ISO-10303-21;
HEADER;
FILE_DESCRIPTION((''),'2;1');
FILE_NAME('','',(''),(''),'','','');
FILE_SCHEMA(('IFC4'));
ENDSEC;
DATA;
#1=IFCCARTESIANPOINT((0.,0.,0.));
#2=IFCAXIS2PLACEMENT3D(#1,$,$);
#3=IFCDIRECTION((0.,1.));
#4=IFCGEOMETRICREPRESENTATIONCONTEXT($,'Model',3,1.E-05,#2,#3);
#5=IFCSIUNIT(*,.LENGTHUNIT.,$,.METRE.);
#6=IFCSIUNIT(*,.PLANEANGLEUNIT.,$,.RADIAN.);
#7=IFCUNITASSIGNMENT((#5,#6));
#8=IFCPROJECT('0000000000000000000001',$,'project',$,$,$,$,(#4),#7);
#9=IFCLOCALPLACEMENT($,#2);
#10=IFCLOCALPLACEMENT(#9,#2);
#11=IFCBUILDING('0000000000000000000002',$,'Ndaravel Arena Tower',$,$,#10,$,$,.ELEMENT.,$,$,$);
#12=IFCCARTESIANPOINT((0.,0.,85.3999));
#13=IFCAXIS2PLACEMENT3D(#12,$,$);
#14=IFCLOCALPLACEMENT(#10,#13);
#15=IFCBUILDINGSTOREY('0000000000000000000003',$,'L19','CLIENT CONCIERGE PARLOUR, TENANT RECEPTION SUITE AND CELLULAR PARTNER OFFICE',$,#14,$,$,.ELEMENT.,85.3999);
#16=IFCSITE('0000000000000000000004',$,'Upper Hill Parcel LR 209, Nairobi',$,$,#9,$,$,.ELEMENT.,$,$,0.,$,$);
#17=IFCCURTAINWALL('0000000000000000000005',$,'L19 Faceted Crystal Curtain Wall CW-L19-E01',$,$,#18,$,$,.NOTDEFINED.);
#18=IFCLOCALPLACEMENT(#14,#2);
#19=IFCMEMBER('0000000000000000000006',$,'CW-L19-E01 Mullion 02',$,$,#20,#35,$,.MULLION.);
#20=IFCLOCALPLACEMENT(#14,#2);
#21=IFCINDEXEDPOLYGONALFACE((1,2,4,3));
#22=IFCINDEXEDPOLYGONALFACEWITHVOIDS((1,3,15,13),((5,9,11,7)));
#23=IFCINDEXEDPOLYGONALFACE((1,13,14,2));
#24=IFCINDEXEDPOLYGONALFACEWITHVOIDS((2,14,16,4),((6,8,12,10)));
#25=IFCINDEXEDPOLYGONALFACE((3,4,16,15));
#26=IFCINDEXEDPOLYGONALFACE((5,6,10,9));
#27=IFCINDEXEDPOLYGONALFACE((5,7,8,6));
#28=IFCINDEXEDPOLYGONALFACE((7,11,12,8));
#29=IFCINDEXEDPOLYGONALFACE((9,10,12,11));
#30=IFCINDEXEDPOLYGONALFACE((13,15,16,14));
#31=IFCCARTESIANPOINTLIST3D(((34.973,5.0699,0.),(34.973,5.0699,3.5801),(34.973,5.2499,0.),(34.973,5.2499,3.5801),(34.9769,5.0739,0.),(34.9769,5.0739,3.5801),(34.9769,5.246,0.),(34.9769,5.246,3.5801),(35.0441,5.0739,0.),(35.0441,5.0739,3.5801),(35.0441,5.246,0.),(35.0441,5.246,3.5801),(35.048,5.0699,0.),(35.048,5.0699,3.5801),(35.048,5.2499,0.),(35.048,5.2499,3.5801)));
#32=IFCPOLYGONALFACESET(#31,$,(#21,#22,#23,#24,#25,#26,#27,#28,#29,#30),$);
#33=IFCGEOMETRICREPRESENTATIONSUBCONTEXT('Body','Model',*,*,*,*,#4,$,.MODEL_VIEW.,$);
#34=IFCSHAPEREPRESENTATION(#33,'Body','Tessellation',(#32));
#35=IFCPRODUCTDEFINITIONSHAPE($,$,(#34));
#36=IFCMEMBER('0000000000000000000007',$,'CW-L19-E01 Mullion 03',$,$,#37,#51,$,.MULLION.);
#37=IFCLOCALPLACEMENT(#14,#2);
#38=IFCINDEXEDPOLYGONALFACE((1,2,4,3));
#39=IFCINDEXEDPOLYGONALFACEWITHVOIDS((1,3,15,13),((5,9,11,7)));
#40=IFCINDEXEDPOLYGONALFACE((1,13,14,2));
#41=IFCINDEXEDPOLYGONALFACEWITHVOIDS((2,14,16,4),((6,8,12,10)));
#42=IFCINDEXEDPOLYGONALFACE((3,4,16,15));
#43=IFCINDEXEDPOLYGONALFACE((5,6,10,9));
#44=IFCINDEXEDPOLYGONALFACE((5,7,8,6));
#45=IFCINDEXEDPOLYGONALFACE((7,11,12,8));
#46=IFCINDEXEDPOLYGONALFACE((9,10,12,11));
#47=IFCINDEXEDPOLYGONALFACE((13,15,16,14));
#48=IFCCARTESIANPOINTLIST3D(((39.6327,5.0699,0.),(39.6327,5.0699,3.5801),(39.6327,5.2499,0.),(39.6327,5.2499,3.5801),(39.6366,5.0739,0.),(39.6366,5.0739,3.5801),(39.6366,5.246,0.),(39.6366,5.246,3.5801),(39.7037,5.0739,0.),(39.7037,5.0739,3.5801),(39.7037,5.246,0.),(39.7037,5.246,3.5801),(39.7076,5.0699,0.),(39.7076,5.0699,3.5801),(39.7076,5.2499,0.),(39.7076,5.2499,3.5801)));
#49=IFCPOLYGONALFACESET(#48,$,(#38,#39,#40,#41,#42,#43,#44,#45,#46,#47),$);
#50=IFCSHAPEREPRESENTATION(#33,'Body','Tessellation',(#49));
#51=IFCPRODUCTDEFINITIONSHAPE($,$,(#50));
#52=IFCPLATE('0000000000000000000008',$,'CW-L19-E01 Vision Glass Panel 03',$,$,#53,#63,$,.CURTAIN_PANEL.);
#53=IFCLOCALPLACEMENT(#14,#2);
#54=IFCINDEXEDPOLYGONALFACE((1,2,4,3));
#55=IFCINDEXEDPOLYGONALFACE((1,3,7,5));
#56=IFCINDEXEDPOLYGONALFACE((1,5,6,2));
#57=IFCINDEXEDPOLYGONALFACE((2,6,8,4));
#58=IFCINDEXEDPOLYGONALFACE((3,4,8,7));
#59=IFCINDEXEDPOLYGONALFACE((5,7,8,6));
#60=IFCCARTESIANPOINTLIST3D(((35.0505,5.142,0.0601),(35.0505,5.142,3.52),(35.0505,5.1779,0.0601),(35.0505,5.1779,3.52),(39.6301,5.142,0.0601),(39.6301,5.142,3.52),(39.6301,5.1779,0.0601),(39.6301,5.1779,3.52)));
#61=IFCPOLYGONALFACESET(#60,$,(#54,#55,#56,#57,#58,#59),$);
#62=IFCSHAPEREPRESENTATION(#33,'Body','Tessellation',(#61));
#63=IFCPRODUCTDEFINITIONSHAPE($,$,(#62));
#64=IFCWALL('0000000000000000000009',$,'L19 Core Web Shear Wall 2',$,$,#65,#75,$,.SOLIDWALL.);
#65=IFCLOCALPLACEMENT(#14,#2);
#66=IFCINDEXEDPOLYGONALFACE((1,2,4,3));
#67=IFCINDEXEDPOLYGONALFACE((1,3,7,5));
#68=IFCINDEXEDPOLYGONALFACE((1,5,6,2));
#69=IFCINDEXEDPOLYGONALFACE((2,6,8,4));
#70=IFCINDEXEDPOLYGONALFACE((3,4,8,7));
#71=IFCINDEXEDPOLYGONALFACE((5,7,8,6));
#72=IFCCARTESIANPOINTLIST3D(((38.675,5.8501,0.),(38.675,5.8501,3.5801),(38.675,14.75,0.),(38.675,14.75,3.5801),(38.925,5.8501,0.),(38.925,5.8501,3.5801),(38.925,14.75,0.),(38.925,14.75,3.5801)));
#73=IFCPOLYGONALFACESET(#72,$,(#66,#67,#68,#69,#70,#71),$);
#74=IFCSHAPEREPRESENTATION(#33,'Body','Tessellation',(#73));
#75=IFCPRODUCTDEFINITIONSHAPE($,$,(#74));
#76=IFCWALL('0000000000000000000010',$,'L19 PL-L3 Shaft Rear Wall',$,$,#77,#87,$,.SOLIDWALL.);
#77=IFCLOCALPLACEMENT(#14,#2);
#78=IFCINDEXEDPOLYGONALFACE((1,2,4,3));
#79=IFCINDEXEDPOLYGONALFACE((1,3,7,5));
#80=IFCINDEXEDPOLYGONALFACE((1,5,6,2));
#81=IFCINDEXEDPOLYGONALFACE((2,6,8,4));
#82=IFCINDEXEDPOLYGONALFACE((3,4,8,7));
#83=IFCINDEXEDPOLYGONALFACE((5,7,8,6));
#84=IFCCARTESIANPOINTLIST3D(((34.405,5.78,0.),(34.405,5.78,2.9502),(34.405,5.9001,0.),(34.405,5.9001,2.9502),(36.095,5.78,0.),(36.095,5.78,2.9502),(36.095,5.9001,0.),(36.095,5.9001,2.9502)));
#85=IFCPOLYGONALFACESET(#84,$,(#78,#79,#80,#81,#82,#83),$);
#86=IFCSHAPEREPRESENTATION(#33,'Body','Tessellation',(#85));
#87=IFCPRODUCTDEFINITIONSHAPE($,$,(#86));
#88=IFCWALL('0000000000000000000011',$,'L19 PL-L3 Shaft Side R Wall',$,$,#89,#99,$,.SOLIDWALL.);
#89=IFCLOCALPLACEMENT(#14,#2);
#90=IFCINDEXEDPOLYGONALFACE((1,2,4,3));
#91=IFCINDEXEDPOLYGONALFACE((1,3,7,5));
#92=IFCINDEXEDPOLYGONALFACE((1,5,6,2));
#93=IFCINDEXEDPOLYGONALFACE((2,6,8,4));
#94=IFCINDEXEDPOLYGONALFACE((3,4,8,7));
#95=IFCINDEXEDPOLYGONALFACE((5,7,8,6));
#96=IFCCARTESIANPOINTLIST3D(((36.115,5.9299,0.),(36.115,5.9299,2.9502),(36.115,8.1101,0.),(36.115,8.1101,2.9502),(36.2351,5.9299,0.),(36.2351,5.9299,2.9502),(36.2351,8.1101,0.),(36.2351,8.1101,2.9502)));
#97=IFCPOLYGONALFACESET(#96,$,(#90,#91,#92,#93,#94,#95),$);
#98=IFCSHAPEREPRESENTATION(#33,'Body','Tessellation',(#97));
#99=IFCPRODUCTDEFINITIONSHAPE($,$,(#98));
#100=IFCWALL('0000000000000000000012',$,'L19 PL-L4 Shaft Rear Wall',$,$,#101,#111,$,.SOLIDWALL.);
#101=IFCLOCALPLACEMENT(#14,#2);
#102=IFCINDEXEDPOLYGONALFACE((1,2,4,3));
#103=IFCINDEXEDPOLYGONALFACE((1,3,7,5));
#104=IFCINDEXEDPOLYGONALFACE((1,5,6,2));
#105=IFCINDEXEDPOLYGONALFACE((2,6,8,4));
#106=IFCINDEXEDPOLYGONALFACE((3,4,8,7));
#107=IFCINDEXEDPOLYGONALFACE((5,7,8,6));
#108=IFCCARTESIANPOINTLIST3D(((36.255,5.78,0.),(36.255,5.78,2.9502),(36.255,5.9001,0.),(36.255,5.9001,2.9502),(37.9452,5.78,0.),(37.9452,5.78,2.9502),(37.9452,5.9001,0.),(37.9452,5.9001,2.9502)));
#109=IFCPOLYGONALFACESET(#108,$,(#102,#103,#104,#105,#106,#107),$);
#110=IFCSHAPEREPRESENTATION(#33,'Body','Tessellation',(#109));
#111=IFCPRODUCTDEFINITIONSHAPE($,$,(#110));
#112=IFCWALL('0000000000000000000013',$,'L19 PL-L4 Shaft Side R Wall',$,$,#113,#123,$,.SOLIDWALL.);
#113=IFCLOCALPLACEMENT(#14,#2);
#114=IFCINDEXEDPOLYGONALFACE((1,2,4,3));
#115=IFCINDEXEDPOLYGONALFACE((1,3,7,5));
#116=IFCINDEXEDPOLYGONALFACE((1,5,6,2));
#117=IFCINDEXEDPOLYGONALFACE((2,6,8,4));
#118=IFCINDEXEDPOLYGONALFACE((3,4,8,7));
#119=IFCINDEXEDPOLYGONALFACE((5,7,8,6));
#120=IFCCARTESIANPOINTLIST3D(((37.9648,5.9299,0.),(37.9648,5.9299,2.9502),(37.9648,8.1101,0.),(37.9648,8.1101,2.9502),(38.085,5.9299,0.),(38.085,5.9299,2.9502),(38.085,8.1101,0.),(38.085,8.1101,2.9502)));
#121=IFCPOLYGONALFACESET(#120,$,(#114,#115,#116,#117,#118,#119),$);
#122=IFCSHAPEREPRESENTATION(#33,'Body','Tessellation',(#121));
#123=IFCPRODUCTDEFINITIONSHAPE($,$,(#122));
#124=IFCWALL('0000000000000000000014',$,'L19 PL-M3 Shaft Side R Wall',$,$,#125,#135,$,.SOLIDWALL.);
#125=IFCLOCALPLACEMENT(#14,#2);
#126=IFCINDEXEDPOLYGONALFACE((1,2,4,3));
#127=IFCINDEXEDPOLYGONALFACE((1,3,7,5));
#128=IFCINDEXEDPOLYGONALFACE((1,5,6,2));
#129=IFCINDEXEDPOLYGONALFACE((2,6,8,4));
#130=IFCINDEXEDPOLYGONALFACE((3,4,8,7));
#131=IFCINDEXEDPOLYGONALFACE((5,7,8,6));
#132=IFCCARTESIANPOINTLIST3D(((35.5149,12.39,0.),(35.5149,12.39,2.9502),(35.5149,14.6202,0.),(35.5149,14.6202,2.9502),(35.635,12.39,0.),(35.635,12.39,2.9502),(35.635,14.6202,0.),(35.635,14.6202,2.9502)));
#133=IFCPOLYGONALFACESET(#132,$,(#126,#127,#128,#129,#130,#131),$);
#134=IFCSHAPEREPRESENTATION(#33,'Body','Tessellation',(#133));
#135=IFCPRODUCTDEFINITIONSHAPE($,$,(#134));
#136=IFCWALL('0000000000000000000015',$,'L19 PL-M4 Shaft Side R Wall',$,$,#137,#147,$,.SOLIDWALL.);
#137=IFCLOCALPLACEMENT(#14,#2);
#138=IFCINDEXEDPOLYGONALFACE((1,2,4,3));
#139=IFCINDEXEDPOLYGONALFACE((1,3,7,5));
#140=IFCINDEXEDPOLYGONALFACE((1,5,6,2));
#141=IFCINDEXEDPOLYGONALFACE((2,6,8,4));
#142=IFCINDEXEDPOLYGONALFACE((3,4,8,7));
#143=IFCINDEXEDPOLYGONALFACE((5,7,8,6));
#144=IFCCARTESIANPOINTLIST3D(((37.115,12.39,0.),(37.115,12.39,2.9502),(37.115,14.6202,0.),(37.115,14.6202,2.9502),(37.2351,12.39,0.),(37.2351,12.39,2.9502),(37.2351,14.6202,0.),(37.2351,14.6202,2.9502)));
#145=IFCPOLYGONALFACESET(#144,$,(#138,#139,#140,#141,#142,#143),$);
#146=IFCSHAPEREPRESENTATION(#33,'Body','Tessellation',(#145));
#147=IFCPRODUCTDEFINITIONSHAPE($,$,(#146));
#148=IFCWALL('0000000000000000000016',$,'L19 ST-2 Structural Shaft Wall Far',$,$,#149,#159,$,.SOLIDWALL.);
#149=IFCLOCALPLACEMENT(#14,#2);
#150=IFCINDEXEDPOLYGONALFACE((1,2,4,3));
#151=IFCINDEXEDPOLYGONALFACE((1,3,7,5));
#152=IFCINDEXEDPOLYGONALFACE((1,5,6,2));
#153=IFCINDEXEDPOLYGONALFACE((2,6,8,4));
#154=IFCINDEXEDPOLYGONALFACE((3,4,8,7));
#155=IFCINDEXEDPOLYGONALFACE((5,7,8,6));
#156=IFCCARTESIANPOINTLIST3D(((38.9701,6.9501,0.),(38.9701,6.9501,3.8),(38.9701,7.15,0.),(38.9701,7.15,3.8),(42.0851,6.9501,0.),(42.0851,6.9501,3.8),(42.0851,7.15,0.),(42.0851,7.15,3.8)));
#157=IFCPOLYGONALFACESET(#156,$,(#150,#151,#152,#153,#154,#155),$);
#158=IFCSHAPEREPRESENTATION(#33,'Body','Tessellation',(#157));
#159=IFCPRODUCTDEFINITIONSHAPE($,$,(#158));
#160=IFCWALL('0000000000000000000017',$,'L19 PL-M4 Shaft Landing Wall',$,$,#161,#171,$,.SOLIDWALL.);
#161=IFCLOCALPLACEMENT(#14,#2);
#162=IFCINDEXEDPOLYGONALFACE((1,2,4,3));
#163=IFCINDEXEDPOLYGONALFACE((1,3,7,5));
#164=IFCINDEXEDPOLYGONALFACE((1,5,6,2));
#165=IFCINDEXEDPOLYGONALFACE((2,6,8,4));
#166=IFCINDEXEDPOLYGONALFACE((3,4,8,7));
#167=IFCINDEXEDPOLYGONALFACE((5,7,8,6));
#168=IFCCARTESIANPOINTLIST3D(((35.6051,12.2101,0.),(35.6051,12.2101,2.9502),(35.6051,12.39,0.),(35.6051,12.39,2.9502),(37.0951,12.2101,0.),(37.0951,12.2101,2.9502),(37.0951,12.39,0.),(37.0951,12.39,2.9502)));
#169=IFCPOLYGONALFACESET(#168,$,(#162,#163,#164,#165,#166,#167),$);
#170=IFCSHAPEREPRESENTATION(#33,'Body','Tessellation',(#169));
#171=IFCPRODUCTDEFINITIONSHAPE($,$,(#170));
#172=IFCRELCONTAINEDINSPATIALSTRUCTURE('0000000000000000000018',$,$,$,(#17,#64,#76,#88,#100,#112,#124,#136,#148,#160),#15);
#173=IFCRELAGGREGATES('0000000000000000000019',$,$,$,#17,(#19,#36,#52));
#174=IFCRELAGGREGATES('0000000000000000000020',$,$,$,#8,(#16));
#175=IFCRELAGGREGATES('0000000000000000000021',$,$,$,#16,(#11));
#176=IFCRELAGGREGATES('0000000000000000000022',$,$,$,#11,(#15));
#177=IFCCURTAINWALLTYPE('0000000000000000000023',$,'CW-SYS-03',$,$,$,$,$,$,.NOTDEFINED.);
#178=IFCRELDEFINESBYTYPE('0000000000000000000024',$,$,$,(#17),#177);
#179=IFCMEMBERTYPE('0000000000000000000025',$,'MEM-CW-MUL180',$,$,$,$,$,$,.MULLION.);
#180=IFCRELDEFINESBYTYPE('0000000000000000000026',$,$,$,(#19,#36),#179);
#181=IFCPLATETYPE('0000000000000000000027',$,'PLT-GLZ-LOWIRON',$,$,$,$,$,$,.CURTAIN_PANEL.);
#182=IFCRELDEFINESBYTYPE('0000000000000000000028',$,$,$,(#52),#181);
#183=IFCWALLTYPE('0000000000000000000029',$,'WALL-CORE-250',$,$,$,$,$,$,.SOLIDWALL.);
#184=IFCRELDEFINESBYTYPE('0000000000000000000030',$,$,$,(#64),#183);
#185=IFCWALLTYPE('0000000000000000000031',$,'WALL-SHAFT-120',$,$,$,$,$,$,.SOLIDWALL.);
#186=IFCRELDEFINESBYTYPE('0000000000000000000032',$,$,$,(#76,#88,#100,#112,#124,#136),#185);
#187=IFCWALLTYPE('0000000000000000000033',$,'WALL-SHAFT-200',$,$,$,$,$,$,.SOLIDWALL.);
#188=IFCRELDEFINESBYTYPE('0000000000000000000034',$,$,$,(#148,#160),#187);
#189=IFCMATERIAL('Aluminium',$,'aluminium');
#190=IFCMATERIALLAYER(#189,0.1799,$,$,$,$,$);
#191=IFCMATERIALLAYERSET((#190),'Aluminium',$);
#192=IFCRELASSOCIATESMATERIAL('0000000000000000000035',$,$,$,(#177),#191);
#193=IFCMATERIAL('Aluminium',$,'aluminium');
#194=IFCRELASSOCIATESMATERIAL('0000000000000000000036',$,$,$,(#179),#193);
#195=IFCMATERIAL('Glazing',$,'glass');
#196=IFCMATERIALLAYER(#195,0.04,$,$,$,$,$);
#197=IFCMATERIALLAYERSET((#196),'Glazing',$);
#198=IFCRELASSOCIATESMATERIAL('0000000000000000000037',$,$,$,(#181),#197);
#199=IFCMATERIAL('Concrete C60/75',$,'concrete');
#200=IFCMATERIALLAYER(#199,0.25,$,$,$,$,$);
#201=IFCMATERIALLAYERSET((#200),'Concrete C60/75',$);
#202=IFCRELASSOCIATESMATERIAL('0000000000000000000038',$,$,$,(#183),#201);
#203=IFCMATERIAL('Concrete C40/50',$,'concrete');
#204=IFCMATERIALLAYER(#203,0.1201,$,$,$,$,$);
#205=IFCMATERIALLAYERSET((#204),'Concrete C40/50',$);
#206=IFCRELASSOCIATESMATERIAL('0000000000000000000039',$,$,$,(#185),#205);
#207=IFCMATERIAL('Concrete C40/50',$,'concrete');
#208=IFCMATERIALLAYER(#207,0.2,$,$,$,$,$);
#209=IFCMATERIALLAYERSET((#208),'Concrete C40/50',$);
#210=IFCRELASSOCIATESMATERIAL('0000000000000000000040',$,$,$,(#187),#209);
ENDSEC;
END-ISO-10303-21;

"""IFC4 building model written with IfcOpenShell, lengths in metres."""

from ifc_helpers import new_model, si_unit, direction, frame, frame_2d, origin, origin_2d, place, context, subcontext, project, spatial, rectangle, hollow_rectangle, extrude, material, layer, layer_set, material_profile, profile_set, type_object, element, aggregate, save


model = new_model("IFC4")

# Units and contexts
model_context = context("Model", 3, precision=1e-05, world=origin(), true_north=direction((0.0, 1.0)))
body_context = subcontext(model_context, "Body", "Model", "MODEL_VIEW")
ifc_project = project(units=[si_unit("LENGTHUNIT", "METRE"), si_unit("PLANEANGLEUNIT", "RADIAN")], contexts=[model_context])

# Site, building, storey
site_placement = place(None, origin())
site = spatial("IfcSite", under=ifc_project, at=site_placement, Name="Upper Hill Parcel LR 209, Nairobi", CompositionType="ELEMENT", RefElevation=0.0)
building_placement = place(site_placement, origin())
building = spatial("IfcBuilding", under=site, at=building_placement, Name="Ndaravel Arena Tower", CompositionType="ELEMENT")
storey_placement = place(building_placement, frame((0.0, 0.0, 85.3999)))
storey = spatial("IfcBuildingStorey", under=building, at=storey_placement, Name="L19", Description="CLIENT CONCIERGE PARLOUR, TENANT RECEPTION SUITE AND CELLULAR PARTNER OFFICE", CompositionType="ELEMENT", Elevation=85.3999)

# Curtain wall, members, plate
ifc_material_1 = material(Name="Aluminium", Category="aluminium")
ifc_layer_1 = layer(ifc_material_1, 0.1799)
ifc_layer_set_1 = layer_set([ifc_layer_1], Name="Aluminium")
curtain_wall_type = type_object("IfcCurtainWallType", Name="CW-SYS-03", PredefinedType="NOTDEFINED", material=ifc_layer_set_1)
curtain_wall_placement = place(storey_placement, origin())
curtain_wall = element("IfcCurtainWall", 1, at=curtain_wall_placement, inside=storey, type_object=curtain_wall_type, Name="L19 Faceted Crystal Curtain Wall CW-L19-E01", PredefinedType="NOTDEFINED")
ifc_material_2 = material(Name="Aluminium", Category="aluminium")
ifc_material_profile = material_profile(ifc_material_2, hollow_rectangle(XDim=0.075, YDim=0.1799, WallThickness=0.0039, at=origin_2d()), Name="CW MULLION 75x180x4")
ifc_profile_set = profile_set([ifc_material_profile], Name="Aluminium")
member_type = type_object("IfcMemberType", Name="MEM-CW-MUL180", PredefinedType="MULLION", material=ifc_profile_set)
member_1_placement = place(storey_placement, frame((35.0105, 5.1599, 0.0), z_axis=(0.0, 0.0, 1.0), x_axis=(1.0, 0.0, 0.0)))
member_1 = element("IfcMember", 2, at=member_1_placement, type_object=member_type, Name="CW-L19-E01 Mullion 02", PredefinedType="MULLION", context=body_context, shape_type="SweptSolid", body=[
    extrude(hollow_rectangle(XDim=0.075, YDim=0.1799, WallThickness=0.0039, at=origin_2d()), origin(), (0.0, 0.0, 1.0), 3.5801),
])
member_2_placement = place(storey_placement, frame((39.6702, 5.1599, 0.0), z_axis=(0.0, 0.0, 1.0), x_axis=(1.0, 0.0, 0.0)))
member_2 = element("IfcMember", 3, at=member_2_placement, type_object=member_type, Name="CW-L19-E01 Mullion 03", PredefinedType="MULLION", context=body_context, shape_type="SweptSolid", body=[
    extrude(hollow_rectangle(XDim=0.075, YDim=0.1799, WallThickness=0.0039, at=origin_2d()), origin(), (0.0, 0.0, 1.0), 3.5801),
])
ifc_material_3 = material(Name="Glazing", Category="glass")
ifc_layer_2 = layer(ifc_material_3, 0.04)
ifc_layer_set_2 = layer_set([ifc_layer_2], Name="Glazing")
plate_type = type_object("IfcPlateType", Name="PLT-GLZ-LOWIRON", PredefinedType="CURTAIN_PANEL", material=ifc_layer_set_2)
plate_placement = place(storey_placement, frame((37.3403, 5.1599, 0.0601), z_axis=(0.0, 0.0, 1.0), x_axis=(1.0, 0.0, 0.0)))
plate = element("IfcPlate", 4, at=plate_placement, type_object=plate_type, Name="CW-L19-E01 Vision Glass Panel 03", PredefinedType="CURTAIN_PANEL", context=body_context, shape_type="SweptSolid", body=[
    extrude(rectangle(XDim=4.5796, YDim=0.0359, at=origin_2d()), origin(), (0.0, 0.0, 1.0), 3.46),
])
aggregate(curtain_wall, [member_1, member_2, plate])

# Walls
ifc_material_4 = material(Name="Concrete C60/75", Category="concrete")
ifc_layer_3 = layer(ifc_material_4, 0.25)
ifc_layer_set_3 = layer_set([ifc_layer_3], Name="Concrete C60/75")
wall_type_1 = type_object("IfcWallType", Name="WALL-CORE-250", PredefinedType="SOLIDWALL", material=ifc_layer_set_3)
wall_1_placement = place(storey_placement, frame((38.8, 5.8501, 0.0), z_axis=(0.0, 0.0, 1.0), x_axis=(0.0, 1.0, 0.0)))
element("IfcWall", 5, at=wall_1_placement, inside=storey, type_object=wall_type_1, Name="L19 Core Web Shear Wall 2", PredefinedType="SOLIDWALL", context=body_context, shape_type="SweptSolid", body=[
    extrude(rectangle(XDim=8.8999, YDim=0.25, at=frame_2d((4.45, 0.0))), origin(), (0.0, 0.0, 1.0), 3.5801),
])
ifc_material_5 = material(Name="Concrete C40/50", Category="concrete")
ifc_layer_4 = layer(ifc_material_5, 0.1201)
ifc_layer_set_4 = layer_set([ifc_layer_4], Name="Concrete C40/50")
wall_type_2 = type_object("IfcWallType", Name="WALL-SHAFT-120", PredefinedType="SOLIDWALL", material=ifc_layer_set_4)
wall_2_placement = place(storey_placement, frame((34.405, 5.8401, 0.0), z_axis=(0.0, 0.0, 1.0), x_axis=(1.0, 0.0, 0.0)))
element("IfcWall", 6, at=wall_2_placement, inside=storey, type_object=wall_type_2, Name="L19 PL-L3 Shaft Rear Wall", PredefinedType="SOLIDWALL", context=body_context, shape_type="SweptSolid", body=[
    extrude(rectangle(XDim=1.6899, YDim=0.1201, at=frame_2d((0.845, 0.0))), origin(), (0.0, 0.0, 1.0), 2.9502),
])
wall_3_placement = place(storey_placement, frame((36.175, 5.9299, 0.0), z_axis=(0.0, 0.0, 1.0), x_axis=(0.0, 1.0, 0.0)))
element("IfcWall", 7, at=wall_3_placement, inside=storey, type_object=wall_type_2, Name="L19 PL-L3 Shaft Side R Wall", PredefinedType="SOLIDWALL", context=body_context, shape_type="SweptSolid", body=[
    extrude(rectangle(XDim=2.1802, YDim=0.1201, at=frame_2d((1.0901, 0.0))), origin(), (0.0, 0.0, 1.0), 2.9502),
])
wall_4_placement = place(storey_placement, frame((36.2549, 5.8401, 0.0), z_axis=(0.0, 0.0, 1.0), x_axis=(1.0, 0.0, 0.0)))
element("IfcWall", 8, at=wall_4_placement, inside=storey, type_object=wall_type_2, Name="L19 PL-L4 Shaft Rear Wall", PredefinedType="SOLIDWALL", context=body_context, shape_type="SweptSolid", body=[
    extrude(rectangle(XDim=1.6902, YDim=0.1201, at=frame_2d((0.8452, 0.0))), origin(), (0.0, 0.0, 1.0), 2.9502),
])
wall_5_placement = place(storey_placement, frame((38.0249, 5.9299, 0.0), z_axis=(0.0, 0.0, 1.0), x_axis=(0.0, 1.0, 0.0)))
element("IfcWall", 9, at=wall_5_placement, inside=storey, type_object=wall_type_2, Name="L19 PL-L4 Shaft Side R Wall", PredefinedType="SOLIDWALL", context=body_context, shape_type="SweptSolid", body=[
    extrude(rectangle(XDim=2.1802, YDim=0.1201, at=frame_2d((1.0901, 0.0))), origin(), (0.0, 0.0, 1.0), 2.9502),
])
for number, where, z_axis, x_axis, name in (
    (10, (35.575, 12.3899, 0.0), (0.0, 0.0, 1.0), (0.0, 1.0, 0.0), "L19 PL-M3 Shaft Side R Wall"),
    (11, (37.175, 12.3899, 0.0), (0.0, 0.0, 1.0), (0.0, 1.0, 0.0), "L19 PL-M4 Shaft Side R Wall"),
):
    element("IfcWall", number, at=place(storey_placement, frame(where, z_axis=z_axis, x_axis=x_axis)), inside=storey, type_object=wall_type_2, Name=name, PredefinedType="SOLIDWALL", context=body_context, shape_type="SweptSolid", body=[
        extrude(rectangle(XDim=2.2302, YDim=0.1201, at=frame_2d((1.1152, 0.0))), origin(), (0.0, 0.0, 1.0), 2.9502),
    ])
ifc_material_6 = material(Name="Concrete C40/50", Category="concrete")
ifc_layer_5 = layer(ifc_material_6, 0.2)
ifc_layer_set_5 = layer_set([ifc_layer_5], Name="Concrete C40/50")
wall_type_3 = type_object("IfcWallType", Name="WALL-SHAFT-200", PredefinedType="SOLIDWALL", material=ifc_layer_set_5)
wall_6_placement = place(storey_placement, frame((38.97, 7.05, 0.0), z_axis=(0.0, 0.0, 1.0), x_axis=(1.0, 0.0, 0.0)))
element("IfcWall", 12, at=wall_6_placement, inside=storey, type_object=wall_type_3, Name="L19 ST-2 Structural Shaft Wall Far", PredefinedType="SOLIDWALL", context=body_context, shape_type="SweptSolid", body=[
    extrude(rectangle(XDim=3.115, YDim=0.2, at=frame_2d((1.5576, 0.0))), origin(), (0.0, 0.0, 1.0), 3.8),
])

# Wall
wall_7_placement = place(storey_placement, frame((35.605, 12.3, 0.0), z_axis=(0.0, 0.0, 1.0), x_axis=(1.0, 0.0, 0.0)))
element("IfcWall", 13, at=wall_7_placement, inside=storey, type_object=wall_type_3, Name="L19 PL-M4 Shaft Landing Wall", PredefinedType="SOLIDWALL", context=body_context, shape_type="SweptSolid", body=[
    extrude(rectangle(XDim=1.49, YDim=0.1799, at=frame_2d((0.7451, 0.0))), origin(), (0.0, 0.0, 1.0), 2.9502),
])

save(model, "model.ifc")
